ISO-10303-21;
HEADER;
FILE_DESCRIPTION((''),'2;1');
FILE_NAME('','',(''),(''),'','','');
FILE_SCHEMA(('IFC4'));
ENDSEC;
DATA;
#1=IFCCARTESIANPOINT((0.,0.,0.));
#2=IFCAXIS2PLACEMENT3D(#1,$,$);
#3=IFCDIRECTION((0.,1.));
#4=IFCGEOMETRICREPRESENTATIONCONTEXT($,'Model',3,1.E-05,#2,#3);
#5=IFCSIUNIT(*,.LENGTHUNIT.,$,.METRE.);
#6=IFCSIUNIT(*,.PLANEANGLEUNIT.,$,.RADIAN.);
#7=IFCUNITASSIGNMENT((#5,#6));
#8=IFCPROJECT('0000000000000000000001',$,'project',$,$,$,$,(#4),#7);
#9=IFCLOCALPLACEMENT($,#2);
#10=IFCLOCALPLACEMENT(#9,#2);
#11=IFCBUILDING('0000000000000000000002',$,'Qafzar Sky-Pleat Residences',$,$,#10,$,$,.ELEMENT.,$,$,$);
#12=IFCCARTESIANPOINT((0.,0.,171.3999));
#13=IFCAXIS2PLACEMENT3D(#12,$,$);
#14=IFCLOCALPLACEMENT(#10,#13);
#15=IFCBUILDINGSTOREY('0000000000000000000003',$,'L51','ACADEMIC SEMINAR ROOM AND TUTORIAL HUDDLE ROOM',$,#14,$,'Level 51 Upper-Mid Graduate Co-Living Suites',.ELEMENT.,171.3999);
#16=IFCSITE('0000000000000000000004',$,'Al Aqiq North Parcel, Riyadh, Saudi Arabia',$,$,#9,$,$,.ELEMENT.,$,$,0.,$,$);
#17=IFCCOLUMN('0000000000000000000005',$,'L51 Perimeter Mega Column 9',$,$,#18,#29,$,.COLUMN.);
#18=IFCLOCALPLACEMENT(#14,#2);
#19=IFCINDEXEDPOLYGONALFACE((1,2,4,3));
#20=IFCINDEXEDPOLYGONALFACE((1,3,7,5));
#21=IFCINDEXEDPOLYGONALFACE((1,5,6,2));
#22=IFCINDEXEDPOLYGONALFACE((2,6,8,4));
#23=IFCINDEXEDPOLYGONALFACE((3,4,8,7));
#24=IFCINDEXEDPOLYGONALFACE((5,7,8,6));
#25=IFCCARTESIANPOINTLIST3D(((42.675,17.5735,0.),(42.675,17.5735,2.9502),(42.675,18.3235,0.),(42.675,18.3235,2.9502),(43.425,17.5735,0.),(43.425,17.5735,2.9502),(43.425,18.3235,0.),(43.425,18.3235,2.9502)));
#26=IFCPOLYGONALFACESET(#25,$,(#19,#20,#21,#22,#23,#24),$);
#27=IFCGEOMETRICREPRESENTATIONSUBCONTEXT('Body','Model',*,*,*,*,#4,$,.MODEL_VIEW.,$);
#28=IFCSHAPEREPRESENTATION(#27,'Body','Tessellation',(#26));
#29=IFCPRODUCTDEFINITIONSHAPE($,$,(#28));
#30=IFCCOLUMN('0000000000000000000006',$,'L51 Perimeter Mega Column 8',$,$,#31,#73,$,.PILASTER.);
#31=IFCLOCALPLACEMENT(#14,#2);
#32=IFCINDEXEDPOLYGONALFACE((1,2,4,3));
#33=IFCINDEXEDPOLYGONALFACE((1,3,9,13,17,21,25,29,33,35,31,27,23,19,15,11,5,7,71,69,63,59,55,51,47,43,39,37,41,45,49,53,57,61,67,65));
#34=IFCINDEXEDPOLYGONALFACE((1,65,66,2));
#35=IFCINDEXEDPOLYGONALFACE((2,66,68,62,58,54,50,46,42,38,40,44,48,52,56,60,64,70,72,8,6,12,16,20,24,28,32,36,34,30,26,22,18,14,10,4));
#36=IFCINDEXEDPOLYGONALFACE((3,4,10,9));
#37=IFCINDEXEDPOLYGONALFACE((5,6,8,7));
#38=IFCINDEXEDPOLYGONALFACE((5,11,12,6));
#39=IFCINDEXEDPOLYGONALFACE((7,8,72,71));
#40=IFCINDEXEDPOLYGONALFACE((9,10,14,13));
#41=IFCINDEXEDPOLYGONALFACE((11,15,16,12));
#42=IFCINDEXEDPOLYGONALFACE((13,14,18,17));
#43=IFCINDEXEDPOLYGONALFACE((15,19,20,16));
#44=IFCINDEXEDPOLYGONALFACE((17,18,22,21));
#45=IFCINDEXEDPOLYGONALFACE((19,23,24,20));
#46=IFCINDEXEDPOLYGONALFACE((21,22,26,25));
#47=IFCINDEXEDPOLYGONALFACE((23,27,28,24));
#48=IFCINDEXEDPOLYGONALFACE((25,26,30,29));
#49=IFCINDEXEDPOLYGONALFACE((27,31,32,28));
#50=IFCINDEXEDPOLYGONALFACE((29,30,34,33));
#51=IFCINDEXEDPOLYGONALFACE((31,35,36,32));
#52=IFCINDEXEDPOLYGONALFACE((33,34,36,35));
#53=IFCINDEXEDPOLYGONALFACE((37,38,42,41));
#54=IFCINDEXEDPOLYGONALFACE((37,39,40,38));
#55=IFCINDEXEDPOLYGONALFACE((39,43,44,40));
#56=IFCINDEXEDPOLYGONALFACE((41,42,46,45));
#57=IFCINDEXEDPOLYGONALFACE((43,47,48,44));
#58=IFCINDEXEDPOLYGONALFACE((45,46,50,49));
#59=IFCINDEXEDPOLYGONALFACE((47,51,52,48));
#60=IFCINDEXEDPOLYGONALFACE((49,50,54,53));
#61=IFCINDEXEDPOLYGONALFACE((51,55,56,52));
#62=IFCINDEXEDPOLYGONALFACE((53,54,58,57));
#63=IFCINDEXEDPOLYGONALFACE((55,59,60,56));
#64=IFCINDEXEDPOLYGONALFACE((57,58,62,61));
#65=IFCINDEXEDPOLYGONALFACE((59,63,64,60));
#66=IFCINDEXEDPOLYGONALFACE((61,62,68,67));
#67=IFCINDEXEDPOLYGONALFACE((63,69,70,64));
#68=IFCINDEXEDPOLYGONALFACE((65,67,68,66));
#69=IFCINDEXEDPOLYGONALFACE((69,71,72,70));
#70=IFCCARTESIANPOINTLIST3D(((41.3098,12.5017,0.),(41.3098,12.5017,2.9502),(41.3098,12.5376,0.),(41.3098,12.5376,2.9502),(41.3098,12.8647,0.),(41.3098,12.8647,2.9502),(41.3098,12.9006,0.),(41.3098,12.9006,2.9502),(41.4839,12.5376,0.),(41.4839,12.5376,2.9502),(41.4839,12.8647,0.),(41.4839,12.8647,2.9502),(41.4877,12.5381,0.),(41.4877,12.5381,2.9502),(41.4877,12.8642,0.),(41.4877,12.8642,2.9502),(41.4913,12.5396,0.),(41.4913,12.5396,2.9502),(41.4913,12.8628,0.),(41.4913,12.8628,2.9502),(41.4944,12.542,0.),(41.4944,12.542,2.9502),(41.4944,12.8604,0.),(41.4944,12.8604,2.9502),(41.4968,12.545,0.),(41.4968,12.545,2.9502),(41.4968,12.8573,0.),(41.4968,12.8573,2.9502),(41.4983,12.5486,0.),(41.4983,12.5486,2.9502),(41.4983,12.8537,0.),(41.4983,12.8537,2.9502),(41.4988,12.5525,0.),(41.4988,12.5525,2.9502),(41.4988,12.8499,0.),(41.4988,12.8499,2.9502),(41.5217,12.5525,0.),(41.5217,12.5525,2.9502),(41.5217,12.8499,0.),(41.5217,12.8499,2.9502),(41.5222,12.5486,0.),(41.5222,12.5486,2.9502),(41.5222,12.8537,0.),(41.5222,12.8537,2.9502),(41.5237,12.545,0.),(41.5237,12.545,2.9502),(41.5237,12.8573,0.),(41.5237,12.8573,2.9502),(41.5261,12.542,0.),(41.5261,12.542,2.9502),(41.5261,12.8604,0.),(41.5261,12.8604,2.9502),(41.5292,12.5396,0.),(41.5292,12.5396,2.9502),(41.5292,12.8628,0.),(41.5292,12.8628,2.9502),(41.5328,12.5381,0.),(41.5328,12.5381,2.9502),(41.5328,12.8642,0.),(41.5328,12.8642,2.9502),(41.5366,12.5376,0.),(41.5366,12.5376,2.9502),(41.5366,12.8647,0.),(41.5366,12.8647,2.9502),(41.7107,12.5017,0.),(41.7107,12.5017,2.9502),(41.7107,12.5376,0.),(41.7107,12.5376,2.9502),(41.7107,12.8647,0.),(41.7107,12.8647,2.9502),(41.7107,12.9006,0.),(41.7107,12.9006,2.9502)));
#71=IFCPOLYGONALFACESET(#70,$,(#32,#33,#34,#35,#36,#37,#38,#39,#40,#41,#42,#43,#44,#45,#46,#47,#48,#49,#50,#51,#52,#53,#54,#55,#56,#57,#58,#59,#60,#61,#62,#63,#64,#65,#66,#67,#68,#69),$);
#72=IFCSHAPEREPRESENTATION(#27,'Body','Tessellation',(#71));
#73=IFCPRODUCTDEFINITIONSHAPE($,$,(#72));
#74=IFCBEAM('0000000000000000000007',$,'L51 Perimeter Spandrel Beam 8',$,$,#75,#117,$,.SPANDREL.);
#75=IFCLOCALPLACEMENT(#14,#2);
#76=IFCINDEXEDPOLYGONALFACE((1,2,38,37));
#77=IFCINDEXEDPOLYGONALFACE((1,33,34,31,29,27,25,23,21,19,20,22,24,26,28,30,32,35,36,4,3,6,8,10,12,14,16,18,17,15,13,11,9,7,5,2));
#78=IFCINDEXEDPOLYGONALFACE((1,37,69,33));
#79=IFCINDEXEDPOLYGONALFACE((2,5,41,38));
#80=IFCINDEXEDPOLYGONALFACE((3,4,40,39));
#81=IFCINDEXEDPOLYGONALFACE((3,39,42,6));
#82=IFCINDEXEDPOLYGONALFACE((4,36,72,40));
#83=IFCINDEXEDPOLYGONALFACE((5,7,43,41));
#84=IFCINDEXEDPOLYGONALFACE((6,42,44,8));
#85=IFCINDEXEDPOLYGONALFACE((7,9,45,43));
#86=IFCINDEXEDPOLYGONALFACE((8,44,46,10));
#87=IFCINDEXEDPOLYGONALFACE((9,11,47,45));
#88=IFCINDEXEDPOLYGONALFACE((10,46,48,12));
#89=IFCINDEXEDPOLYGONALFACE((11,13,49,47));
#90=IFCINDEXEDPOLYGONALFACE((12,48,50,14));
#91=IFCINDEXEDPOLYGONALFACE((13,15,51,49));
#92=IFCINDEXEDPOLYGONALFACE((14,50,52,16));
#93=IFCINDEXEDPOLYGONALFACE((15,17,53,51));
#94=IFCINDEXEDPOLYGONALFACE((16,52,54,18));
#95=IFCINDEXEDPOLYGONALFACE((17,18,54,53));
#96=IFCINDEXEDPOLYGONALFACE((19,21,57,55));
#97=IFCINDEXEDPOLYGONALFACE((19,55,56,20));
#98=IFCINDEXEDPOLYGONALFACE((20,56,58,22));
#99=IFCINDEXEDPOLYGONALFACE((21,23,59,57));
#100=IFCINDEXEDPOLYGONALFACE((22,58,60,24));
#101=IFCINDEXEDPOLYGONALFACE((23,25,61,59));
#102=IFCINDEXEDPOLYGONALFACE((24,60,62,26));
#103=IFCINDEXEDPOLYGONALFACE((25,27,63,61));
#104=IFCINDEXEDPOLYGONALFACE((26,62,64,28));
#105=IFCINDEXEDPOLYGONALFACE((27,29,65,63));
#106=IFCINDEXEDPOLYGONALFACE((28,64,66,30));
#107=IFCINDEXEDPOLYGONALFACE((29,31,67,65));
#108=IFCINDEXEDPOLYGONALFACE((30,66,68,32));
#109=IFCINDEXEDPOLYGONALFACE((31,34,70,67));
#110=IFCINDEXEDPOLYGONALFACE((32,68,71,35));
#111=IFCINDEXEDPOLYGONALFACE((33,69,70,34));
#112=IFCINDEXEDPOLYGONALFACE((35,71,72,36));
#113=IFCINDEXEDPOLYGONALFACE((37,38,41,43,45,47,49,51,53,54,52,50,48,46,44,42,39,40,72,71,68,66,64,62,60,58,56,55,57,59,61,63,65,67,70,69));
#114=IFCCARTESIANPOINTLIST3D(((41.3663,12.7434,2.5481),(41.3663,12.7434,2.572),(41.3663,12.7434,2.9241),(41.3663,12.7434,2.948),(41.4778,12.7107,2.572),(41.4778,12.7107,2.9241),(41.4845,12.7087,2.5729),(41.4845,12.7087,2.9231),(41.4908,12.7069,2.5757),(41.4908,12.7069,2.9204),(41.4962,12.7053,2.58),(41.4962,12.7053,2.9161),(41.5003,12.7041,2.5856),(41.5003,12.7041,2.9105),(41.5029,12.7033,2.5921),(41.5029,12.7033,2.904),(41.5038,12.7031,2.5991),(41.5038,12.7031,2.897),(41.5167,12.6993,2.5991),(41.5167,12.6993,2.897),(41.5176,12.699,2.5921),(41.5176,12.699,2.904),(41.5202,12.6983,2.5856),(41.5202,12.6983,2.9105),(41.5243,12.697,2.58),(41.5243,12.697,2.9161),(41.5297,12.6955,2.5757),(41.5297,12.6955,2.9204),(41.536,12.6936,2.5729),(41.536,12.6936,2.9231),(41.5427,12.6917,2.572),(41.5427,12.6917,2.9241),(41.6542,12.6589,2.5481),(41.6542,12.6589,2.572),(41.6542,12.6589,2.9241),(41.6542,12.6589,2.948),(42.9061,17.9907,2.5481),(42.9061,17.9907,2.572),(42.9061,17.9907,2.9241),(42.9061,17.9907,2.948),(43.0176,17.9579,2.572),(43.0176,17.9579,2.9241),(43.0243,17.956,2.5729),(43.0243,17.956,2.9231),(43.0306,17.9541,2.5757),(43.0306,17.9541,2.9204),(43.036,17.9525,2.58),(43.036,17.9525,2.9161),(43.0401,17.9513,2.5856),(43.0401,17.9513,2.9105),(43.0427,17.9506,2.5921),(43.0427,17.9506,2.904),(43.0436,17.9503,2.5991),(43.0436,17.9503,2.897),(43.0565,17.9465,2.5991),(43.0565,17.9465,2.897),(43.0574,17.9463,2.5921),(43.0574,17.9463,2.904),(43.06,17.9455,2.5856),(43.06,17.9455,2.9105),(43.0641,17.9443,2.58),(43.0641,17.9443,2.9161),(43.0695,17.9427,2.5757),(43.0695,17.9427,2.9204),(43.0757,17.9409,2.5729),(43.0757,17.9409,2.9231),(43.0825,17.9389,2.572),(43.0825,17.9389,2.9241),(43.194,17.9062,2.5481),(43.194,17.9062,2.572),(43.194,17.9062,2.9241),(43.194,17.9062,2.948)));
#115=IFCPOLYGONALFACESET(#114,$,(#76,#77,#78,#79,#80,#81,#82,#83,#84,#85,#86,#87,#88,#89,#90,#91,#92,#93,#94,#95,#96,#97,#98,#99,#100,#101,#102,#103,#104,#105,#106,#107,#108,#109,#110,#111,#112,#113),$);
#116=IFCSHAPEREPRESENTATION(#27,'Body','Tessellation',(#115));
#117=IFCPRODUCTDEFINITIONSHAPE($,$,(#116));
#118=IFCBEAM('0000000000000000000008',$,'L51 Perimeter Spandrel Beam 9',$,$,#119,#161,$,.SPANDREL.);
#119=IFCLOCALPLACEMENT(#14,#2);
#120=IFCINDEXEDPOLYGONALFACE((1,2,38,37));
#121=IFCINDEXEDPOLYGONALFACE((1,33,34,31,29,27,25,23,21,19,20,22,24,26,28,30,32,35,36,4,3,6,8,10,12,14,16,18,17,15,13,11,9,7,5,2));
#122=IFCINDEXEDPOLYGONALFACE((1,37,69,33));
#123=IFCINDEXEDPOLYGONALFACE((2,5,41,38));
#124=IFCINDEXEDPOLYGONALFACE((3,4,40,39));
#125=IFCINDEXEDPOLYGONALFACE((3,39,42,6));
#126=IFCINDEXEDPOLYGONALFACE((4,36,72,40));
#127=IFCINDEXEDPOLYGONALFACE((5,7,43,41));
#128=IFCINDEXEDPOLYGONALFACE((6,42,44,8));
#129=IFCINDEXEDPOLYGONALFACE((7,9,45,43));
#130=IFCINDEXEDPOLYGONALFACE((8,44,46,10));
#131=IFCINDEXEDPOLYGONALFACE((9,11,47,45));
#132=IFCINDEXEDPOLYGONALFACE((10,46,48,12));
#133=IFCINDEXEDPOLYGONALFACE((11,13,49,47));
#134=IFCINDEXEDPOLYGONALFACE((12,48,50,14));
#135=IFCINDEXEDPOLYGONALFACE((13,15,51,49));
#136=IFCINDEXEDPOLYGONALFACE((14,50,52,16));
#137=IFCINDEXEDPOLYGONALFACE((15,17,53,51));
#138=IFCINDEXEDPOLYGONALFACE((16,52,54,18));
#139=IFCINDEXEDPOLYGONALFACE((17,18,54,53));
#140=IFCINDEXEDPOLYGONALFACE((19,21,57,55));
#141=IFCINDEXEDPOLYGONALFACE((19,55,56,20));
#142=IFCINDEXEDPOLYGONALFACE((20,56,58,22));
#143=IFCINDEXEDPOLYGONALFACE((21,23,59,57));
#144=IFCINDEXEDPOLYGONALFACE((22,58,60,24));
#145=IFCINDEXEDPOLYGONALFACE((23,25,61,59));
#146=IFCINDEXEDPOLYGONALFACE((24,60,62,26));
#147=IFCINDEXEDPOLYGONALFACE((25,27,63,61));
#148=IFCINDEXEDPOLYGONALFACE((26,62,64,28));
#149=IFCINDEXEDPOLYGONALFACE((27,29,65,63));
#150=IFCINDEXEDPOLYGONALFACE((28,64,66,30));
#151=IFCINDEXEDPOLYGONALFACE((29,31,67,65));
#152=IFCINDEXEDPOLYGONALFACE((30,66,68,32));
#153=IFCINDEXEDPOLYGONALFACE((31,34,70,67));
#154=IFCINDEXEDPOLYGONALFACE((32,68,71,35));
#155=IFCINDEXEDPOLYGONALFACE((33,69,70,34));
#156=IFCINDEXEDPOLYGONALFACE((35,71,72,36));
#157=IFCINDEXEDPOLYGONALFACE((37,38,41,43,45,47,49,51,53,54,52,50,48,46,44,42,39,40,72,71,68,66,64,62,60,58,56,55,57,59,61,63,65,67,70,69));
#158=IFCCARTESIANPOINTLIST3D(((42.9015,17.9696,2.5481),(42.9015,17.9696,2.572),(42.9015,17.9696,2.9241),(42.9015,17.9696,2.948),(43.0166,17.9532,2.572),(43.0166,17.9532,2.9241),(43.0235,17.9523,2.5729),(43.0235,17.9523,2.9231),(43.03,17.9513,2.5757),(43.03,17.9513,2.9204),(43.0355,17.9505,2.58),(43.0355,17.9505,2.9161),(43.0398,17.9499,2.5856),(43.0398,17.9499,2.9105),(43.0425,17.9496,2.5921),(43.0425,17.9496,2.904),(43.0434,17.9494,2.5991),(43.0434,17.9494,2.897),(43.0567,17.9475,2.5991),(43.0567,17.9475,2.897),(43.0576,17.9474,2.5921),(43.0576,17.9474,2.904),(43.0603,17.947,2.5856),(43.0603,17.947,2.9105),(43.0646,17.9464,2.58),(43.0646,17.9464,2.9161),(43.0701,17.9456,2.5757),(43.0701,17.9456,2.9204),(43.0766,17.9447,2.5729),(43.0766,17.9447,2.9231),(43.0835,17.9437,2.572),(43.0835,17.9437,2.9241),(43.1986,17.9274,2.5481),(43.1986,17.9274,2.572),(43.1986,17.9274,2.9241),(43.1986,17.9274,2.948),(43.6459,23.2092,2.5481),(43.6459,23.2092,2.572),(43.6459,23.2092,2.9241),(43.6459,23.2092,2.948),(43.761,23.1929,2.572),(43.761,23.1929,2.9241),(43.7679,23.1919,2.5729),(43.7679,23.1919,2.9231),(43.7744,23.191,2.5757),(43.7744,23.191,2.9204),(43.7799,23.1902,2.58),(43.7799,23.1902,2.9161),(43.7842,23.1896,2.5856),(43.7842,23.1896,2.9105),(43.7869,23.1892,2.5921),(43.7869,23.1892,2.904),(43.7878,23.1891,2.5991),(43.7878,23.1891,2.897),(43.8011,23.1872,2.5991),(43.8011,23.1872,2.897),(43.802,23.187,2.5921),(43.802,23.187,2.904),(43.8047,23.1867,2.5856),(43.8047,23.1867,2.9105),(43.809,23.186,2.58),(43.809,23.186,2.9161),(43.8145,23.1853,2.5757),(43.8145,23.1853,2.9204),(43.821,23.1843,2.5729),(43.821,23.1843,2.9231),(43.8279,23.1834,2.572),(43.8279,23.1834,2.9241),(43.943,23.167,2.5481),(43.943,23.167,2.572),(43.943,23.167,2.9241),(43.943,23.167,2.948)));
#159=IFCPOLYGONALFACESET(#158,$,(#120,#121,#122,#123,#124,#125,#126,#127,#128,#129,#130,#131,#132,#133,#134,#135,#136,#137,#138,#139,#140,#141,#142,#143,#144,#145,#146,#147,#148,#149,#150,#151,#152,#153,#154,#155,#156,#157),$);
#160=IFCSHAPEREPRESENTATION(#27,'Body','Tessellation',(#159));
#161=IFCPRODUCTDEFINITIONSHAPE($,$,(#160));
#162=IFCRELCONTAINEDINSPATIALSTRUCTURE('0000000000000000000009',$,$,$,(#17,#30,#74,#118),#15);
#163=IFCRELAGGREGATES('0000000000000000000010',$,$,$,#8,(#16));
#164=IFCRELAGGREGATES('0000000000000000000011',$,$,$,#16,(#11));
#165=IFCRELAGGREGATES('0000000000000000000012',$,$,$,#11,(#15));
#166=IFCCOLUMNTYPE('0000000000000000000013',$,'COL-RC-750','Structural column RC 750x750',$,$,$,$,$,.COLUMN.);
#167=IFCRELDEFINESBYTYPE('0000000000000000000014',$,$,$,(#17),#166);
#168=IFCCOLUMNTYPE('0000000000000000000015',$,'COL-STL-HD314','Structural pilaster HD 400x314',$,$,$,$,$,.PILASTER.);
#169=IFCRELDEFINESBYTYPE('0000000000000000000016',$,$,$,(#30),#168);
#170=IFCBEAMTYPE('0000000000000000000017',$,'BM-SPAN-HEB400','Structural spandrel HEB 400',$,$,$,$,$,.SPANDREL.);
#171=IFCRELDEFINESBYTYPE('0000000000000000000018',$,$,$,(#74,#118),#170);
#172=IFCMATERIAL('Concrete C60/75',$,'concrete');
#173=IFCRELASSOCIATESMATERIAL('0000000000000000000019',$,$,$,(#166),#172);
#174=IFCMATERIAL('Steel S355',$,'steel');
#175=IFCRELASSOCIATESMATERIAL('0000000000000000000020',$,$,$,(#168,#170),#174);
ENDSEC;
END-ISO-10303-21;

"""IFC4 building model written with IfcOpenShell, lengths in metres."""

from ifc_helpers import new_model, si_unit, direction, frame, origin, origin_2d, place, context, subcontext, project, spatial, rectangle, i_section, extrude, source, transform, mapped, material, material_profile, profile_set, type_object, element, save


model = new_model("IFC4")

# Units and contexts
model_context = context("Model", 3, precision=1e-05, world=origin(), true_north=direction((0.0, 1.0)))
body_context = subcontext(model_context, "Body", "Model", "MODEL_VIEW")
ifc_project = project(units=[si_unit("LENGTHUNIT", "METRE"), si_unit("PLANEANGLEUNIT", "RADIAN")], contexts=[model_context])

# Site, building, storey
site_placement = place(None, origin())
site = spatial("IfcSite", under=ifc_project, at=site_placement, Name="Al Aqiq North Parcel, Riyadh, Saudi Arabia", CompositionType="ELEMENT", RefElevation=0.0)
building_placement = place(site_placement, origin())
building = spatial("IfcBuilding", under=site, at=building_placement, Name="Qafzar Sky-Pleat Residences", CompositionType="ELEMENT")
storey_placement = place(building_placement, frame((0.0, 0.0, 171.3999)))
storey = spatial("IfcBuildingStorey", under=building, at=storey_placement, Name="L51", Description="ACADEMIC SEMINAR ROOM AND TUTORIAL HUDDLE ROOM", LongName="Level 51 Upper-Mid Graduate Co-Living Suites", CompositionType="ELEMENT", Elevation=171.3999)

# Columns
ifc_material_1 = material(Name="Concrete C60/75", Category="concrete")
ifc_material_profile_1 = material_profile(ifc_material_1, rectangle(XDim=0.75, YDim=0.75, at=origin_2d()), Name="RC 750x750")
ifc_profile_set_1 = profile_set([ifc_material_profile_1], Name="Concrete C60/75")
column_type_1 = type_object("IfcColumnType", Name="COL-RC-750", Description="Structural column RC 750x750", PredefinedType="COLUMN", material=ifc_profile_set_1)
shared_shape_1 = source(origin(), body_context, "Body", "SweptSolid", [
    extrude(rectangle(XDim=0.75, YDim=0.75, at=origin_2d()), origin(), (0.0, 0.0, 1.0), 2.9502),
])
column_1_placement = place(storey_placement, frame((43.05, 17.9485, 0.0), z_axis=(0.0, 0.0, 1.0), x_axis=(1.0, 0.0, 0.0)))
element("IfcColumn", 1, at=column_1_placement, inside=storey, type_object=column_type_1, Name="L51 Perimeter Mega Column 9", PredefinedType="COLUMN", context=body_context, shape_type="MappedRepresentation", body=[
    mapped(shared_shape_1, transform((0.0, 0.0, 0.0), x_axis=(1.0, 0.0, 0.0), y_axis=(0.0, 1.0, 0.0), z_axis=(0.0, 0.0, 1.0), scale=1.0)),
])
ifc_material_2 = material(Name="Steel S355", Category="steel")
ifc_material_profile_2 = material_profile(ifc_material_2, i_section(OverallWidth=0.4009, OverallDepth=0.3989, WebThickness=0.0229, FlangeThickness=0.0359, FilletRadius=0.0149, at=origin_2d()), Name="HD 400x314")
ifc_profile_set_2 = profile_set([ifc_material_profile_2], Name="Steel S355")
column_type_2 = type_object("IfcColumnType", Name="COL-STL-HD314", Description="Structural pilaster HD 400x314", PredefinedType="PILASTER", material=ifc_profile_set_2)
shared_shape_2 = source(origin(), body_context, "Body", "SweptSolid", [
    extrude(i_section(OverallWidth=0.4009, OverallDepth=0.3989, WebThickness=0.0229, FlangeThickness=0.0359, FilletRadius=0.0149, at=origin_2d()), origin(), (0.0, 0.0, 1.0), 2.9502),
])
column_2_placement = place(storey_placement, frame((41.5103, 12.7012, 0.0), z_axis=(0.0, 0.0, 1.0), x_axis=(1.0, 0.0, 0.0)))
element("IfcColumn", 2, at=column_2_placement, inside=storey, type_object=column_type_2, Name="L51 Perimeter Mega Column 8", PredefinedType="PILASTER", context=body_context, shape_type="MappedRepresentation", body=[
    mapped(shared_shape_2, transform((0.0, 0.0, 0.0), x_axis=(1.0, 0.0, 0.0), y_axis=(0.0, 1.0, 0.0), z_axis=(0.0, 0.0, 1.0), scale=1.0)),
])

# Beams
ifc_material_profile_3 = material_profile(ifc_material_2, i_section(OverallWidth=0.3, OverallDepth=0.3999, WebThickness=0.0134, FlangeThickness=0.0239, FilletRadius=0.0271, at=origin_2d()), Name="HEB 400")
ifc_profile_set_3 = profile_set([ifc_material_profile_3], Name="Steel S355")
beam_type = type_object("IfcBeamType", Name="BM-SPAN-HEB400", Description="Structural spandrel HEB 400", PredefinedType="SPANDREL", material=ifc_profile_set_3)
shared_shape_3 = source(origin(), body_context, "Body", "SweptSolid", [
    extrude(i_section(OverallWidth=0.3, OverallDepth=0.3999, WebThickness=0.0134, FlangeThickness=0.0239, FilletRadius=0.0271, at=origin_2d()), origin(), (0.0, 0.0, 1.0), 5.4685),
])
beam_1_placement = place(storey_placement, frame((41.5103, 12.7012, 2.748), z_axis=(0.281572, 0.95954, 0.0), x_axis=(-0.95954, 0.281572, 0.0)))
element("IfcBeam", 3, at=beam_1_placement, inside=storey, type_object=beam_type, Name="L51 Perimeter Spandrel Beam 8", PredefinedType="SPANDREL", context=body_context, shape_type="MappedRepresentation", body=[
    mapped(shared_shape_3, transform((0.0, 0.0, 0.0), x_axis=(1.0, 0.0, 0.0), y_axis=(0.0, 1.0, 0.0), z_axis=(0.0, 0.0, 1.0), scale=1.0)),
])
shared_shape_4 = source(origin(), body_context, "Body", "SweptSolid", [
    extrude(i_section(OverallWidth=0.3, OverallDepth=0.3999, WebThickness=0.0134, FlangeThickness=0.0239, FilletRadius=0.0271, at=origin_2d()), origin(), (0.0, 0.0, 1.0), 5.2922),
])
beam_2_placement = place(storey_placement, frame((43.05, 17.9485, 2.748), z_axis=(0.140659, 0.990058, 0.0), x_axis=(-0.990058, 0.140659, 0.0)))
element("IfcBeam", 4, at=beam_2_placement, inside=storey, type_object=beam_type, Name="L51 Perimeter Spandrel Beam 9", PredefinedType="SPANDREL", context=body_context, shape_type="MappedRepresentation", body=[
    mapped(shared_shape_4, transform((0.0, 0.0, 0.0), x_axis=(1.0, 0.0, 0.0), y_axis=(0.0, 1.0, 0.0), z_axis=(0.0, 0.0, 1.0), scale=1.0)),
])

save(model, "model.ifc")
